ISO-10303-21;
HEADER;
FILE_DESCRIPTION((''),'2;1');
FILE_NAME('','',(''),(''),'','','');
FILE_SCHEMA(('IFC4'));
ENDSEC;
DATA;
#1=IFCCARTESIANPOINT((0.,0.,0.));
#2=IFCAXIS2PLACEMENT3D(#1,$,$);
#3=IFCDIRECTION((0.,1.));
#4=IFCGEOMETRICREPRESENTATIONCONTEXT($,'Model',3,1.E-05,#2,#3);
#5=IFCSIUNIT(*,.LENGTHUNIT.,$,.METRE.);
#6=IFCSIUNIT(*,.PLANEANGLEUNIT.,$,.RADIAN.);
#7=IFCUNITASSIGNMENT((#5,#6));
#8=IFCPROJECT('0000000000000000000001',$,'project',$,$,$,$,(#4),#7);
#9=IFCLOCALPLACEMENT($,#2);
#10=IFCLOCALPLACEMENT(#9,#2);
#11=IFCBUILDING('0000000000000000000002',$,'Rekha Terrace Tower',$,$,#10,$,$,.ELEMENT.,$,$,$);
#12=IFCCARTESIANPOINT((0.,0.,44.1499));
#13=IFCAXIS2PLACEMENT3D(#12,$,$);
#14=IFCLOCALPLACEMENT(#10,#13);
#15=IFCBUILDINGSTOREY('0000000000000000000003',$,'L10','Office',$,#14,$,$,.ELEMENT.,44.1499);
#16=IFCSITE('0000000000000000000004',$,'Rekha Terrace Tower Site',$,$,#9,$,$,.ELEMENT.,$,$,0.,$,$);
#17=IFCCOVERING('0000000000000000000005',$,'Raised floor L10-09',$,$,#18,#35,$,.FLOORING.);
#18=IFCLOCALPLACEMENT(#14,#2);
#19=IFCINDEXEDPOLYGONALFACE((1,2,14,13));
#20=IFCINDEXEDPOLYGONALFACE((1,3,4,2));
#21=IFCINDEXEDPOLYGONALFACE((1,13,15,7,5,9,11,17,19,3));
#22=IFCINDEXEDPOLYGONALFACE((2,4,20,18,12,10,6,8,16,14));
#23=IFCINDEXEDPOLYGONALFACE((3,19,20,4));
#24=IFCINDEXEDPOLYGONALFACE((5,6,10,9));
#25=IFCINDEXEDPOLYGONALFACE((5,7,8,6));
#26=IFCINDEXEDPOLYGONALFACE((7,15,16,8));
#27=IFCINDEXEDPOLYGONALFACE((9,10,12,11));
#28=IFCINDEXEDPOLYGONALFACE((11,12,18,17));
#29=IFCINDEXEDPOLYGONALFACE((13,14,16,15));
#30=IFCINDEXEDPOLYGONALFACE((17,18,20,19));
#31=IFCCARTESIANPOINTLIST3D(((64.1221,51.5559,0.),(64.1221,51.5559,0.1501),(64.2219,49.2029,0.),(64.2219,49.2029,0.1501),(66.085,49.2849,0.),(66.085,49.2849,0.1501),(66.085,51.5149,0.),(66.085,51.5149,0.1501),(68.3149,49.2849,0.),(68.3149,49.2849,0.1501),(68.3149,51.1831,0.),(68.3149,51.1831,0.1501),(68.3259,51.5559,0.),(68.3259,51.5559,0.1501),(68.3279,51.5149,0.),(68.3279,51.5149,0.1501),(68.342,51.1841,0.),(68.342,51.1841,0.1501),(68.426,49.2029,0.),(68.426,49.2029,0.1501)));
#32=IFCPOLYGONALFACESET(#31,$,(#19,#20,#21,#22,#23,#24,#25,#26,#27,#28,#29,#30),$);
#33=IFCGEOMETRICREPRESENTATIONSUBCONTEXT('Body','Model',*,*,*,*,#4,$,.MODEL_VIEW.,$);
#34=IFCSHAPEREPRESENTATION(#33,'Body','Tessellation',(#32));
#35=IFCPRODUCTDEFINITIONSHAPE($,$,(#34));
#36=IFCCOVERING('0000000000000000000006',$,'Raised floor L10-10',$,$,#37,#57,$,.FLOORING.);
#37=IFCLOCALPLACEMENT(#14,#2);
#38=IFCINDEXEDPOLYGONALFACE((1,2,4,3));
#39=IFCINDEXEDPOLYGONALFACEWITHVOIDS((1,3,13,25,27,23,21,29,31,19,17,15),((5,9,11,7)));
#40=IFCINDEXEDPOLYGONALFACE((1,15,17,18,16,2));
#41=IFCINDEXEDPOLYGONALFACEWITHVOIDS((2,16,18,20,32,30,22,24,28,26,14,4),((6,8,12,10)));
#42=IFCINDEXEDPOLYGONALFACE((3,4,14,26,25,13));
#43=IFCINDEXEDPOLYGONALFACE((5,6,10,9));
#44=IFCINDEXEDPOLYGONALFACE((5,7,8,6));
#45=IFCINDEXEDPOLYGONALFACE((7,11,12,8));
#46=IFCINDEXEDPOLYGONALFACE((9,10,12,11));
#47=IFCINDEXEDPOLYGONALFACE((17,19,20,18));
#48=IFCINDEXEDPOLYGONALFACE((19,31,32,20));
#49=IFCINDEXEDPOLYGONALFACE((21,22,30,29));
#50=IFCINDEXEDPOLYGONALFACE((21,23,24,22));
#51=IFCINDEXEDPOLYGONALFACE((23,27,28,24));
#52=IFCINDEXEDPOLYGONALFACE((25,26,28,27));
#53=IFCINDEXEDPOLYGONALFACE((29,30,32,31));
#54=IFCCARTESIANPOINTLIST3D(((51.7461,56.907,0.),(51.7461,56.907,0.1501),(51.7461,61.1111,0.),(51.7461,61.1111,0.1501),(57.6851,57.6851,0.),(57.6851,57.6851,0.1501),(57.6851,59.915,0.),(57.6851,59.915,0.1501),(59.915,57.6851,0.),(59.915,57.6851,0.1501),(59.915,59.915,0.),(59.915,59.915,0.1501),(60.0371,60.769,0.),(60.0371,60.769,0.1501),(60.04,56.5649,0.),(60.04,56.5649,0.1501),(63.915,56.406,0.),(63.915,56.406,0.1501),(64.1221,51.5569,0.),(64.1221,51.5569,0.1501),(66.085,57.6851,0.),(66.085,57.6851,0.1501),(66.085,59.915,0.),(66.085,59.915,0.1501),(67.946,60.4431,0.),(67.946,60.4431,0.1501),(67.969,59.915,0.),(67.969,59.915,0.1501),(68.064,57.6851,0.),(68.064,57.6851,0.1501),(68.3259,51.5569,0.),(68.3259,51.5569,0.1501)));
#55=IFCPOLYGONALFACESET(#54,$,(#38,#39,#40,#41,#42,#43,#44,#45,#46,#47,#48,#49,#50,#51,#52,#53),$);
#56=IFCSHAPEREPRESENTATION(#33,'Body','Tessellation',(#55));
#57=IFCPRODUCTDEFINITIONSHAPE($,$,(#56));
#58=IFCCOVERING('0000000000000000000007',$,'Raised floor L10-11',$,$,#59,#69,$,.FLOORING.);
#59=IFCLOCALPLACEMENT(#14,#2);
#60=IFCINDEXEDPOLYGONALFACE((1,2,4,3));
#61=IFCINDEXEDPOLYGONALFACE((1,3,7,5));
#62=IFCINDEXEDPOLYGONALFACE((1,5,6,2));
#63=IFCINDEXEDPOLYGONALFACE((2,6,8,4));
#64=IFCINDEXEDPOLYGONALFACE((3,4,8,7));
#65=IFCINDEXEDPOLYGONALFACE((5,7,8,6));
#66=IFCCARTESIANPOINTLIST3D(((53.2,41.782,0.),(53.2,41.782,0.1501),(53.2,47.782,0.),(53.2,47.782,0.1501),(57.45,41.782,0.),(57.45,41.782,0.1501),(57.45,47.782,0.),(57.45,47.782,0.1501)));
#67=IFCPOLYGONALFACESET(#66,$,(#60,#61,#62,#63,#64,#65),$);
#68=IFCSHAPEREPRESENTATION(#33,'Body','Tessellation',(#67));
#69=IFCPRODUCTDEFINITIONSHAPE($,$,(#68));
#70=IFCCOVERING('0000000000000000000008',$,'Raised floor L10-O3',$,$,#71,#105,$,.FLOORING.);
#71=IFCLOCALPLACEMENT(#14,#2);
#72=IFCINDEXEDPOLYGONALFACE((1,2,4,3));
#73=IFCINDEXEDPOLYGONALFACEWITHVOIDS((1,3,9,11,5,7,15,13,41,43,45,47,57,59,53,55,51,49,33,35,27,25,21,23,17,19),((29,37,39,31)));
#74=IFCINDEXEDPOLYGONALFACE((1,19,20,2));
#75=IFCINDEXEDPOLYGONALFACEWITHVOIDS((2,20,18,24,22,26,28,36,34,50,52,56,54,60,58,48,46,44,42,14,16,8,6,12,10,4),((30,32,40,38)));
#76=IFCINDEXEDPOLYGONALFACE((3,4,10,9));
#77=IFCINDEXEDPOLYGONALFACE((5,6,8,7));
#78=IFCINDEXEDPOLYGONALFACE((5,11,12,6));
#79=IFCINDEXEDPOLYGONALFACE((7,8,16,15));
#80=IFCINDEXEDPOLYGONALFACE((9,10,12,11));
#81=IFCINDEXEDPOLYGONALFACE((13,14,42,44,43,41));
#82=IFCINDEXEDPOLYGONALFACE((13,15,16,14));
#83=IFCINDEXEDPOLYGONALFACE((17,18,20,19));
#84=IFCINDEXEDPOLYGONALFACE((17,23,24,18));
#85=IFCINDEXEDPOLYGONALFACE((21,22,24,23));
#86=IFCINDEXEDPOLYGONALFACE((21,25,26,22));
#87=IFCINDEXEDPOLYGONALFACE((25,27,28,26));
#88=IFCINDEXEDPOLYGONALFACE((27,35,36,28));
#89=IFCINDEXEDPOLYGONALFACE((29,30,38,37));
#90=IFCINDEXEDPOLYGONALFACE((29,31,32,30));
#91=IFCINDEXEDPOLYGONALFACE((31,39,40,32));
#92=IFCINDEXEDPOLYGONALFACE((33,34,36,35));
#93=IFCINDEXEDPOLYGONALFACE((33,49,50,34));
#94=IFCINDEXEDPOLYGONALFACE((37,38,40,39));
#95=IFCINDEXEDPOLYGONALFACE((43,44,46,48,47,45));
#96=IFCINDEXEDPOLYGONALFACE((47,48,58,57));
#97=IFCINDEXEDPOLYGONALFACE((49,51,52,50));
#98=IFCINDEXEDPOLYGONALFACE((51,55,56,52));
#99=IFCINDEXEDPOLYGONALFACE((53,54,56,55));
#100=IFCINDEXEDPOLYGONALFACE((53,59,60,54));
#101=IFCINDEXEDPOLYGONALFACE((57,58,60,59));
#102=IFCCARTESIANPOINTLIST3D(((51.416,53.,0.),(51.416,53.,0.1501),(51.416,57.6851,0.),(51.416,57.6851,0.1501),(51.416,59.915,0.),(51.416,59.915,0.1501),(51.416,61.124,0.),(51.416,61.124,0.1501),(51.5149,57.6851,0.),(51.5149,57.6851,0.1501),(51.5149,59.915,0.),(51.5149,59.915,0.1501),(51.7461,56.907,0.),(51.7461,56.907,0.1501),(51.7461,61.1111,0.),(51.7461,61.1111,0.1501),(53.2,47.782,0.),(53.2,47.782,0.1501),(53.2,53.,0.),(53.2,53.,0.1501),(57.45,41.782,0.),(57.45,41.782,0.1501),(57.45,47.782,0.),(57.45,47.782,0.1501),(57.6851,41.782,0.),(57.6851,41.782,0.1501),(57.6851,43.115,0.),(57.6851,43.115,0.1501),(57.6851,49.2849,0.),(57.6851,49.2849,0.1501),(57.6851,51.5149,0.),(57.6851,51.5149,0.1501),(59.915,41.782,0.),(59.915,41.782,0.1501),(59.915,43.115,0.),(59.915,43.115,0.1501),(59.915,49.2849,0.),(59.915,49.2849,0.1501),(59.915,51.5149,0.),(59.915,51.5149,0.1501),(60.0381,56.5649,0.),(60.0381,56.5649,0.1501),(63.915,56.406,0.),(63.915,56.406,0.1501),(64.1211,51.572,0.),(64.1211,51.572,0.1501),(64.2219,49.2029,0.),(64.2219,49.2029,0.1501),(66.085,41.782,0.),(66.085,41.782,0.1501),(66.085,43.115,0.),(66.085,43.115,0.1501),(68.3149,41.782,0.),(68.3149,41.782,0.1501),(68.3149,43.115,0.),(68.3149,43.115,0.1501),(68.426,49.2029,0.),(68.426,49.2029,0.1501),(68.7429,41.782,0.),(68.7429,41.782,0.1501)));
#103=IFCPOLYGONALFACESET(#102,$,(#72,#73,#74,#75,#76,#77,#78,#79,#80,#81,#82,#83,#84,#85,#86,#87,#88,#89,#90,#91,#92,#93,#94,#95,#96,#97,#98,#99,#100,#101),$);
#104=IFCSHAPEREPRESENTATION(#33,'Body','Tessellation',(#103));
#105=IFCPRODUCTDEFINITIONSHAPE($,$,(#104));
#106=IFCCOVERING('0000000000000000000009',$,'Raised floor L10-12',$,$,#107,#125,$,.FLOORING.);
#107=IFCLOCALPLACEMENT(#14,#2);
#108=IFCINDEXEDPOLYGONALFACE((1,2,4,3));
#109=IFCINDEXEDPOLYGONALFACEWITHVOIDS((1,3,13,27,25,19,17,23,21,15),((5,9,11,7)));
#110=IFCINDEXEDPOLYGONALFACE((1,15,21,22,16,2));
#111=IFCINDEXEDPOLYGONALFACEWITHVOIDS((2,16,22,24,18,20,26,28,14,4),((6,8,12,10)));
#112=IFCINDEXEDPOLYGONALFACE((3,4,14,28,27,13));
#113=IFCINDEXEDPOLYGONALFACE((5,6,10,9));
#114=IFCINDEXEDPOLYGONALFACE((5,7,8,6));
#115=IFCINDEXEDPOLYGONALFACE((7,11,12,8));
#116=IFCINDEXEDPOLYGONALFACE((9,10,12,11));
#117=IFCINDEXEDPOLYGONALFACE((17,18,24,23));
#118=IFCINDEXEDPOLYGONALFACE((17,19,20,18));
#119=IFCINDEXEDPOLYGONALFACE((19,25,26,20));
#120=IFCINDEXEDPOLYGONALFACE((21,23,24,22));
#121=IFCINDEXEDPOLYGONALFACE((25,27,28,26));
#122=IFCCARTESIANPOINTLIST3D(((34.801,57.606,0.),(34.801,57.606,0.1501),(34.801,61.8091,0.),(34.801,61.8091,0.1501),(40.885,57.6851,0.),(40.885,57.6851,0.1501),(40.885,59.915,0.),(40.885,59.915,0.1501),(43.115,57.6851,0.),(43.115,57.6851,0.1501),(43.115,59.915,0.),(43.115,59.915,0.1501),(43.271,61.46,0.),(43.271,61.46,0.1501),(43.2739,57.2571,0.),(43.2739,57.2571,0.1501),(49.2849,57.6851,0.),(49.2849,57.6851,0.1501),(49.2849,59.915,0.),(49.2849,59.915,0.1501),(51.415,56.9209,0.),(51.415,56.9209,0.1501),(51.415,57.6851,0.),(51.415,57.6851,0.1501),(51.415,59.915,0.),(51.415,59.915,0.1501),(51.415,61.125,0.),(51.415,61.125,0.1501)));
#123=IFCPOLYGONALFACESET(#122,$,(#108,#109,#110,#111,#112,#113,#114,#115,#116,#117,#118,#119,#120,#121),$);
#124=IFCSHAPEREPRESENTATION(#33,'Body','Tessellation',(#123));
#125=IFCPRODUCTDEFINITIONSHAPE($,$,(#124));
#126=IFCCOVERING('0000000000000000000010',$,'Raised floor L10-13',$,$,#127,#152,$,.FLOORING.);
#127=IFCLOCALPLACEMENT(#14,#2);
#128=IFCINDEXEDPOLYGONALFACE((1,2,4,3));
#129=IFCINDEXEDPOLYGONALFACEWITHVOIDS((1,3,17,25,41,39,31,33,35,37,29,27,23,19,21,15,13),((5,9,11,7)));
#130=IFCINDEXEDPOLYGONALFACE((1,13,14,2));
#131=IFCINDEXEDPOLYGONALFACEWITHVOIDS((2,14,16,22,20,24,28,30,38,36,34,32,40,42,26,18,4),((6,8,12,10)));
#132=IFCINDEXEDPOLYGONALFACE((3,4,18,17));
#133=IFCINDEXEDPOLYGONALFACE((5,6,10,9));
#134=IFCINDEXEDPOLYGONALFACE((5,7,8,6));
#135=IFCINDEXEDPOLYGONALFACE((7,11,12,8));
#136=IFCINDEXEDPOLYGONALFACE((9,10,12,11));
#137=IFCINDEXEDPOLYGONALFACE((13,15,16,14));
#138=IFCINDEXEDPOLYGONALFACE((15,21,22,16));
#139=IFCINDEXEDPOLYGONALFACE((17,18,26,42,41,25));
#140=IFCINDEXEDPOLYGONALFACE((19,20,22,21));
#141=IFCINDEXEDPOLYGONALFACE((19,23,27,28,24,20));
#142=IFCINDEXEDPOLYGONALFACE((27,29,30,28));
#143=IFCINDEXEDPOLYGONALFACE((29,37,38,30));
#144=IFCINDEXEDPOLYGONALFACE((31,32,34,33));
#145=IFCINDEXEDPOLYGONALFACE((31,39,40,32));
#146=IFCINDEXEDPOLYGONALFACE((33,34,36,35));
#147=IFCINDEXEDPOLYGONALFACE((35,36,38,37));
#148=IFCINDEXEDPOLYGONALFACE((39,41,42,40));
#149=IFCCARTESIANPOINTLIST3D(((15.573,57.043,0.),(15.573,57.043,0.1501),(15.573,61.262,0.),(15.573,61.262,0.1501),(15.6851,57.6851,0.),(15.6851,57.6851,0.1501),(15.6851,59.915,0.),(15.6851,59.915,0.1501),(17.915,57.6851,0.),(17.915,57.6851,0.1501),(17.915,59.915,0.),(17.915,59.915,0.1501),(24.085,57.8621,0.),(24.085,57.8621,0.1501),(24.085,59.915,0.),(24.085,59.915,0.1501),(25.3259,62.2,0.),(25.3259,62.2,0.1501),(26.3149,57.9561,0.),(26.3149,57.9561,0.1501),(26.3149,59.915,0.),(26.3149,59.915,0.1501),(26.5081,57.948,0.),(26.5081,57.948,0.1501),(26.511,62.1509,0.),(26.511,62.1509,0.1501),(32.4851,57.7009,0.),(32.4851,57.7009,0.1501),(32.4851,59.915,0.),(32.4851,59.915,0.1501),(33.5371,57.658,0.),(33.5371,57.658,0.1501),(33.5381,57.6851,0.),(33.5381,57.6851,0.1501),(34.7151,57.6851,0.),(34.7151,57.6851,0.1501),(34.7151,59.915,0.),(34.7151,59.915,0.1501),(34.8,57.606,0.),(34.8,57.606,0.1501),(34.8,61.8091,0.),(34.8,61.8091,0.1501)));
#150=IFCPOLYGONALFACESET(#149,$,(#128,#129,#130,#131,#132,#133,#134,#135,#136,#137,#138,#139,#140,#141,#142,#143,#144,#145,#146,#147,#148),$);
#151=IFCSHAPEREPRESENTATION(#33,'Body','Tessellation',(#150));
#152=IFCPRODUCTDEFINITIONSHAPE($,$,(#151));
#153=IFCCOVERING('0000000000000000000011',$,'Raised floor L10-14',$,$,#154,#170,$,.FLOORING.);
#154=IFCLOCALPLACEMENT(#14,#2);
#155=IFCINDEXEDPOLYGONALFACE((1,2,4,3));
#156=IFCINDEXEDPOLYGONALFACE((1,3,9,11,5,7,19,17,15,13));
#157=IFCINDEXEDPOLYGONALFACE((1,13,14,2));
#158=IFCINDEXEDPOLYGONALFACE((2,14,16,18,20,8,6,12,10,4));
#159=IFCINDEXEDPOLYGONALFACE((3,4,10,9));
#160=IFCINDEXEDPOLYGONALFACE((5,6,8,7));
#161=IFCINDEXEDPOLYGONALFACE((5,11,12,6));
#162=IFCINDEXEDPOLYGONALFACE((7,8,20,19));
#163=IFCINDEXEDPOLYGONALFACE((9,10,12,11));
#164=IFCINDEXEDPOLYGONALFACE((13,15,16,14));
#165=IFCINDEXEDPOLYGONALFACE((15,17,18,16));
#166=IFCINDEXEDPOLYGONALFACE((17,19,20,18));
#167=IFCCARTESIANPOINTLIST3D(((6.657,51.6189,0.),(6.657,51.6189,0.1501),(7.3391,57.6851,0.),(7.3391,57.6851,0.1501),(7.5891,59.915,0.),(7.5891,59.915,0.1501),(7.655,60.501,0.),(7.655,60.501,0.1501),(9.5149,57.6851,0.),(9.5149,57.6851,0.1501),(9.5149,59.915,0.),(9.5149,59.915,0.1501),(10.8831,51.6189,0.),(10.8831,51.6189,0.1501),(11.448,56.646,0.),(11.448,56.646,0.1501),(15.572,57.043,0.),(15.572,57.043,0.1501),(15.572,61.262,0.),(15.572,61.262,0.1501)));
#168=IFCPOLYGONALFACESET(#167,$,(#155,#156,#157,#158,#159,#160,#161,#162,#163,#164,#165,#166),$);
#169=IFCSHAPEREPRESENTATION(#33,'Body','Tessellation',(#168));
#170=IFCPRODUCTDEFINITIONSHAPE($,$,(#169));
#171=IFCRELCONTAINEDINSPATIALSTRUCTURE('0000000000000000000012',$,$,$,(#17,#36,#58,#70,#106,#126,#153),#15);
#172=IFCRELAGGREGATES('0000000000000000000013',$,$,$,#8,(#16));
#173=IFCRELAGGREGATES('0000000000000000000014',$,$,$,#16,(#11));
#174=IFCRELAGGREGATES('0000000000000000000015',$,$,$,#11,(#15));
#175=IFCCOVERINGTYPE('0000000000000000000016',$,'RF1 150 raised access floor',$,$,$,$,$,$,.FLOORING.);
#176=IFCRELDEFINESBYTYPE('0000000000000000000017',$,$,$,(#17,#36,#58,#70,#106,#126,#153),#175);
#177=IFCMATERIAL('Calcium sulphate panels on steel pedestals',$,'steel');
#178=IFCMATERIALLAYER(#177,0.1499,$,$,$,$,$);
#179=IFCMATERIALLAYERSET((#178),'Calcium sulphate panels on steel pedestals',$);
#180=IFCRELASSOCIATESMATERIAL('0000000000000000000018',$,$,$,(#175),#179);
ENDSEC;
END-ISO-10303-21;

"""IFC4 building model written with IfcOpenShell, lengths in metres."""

from ifc_helpers import new_model, si_unit, direction, frame, origin, place, context, subcontext, project, spatial, polyline, outline, extrude, material, layer, layer_set, type_object, element, save


model = new_model("IFC4")

# Units and contexts
model_context = context("Model", 3, precision=1e-05, world=origin(), true_north=direction((0.0, 1.0)))
body_context = subcontext(model_context, "Body", "Model", "MODEL_VIEW")
ifc_project = project(units=[si_unit("LENGTHUNIT", "METRE"), si_unit("PLANEANGLEUNIT", "RADIAN")], contexts=[model_context])

# Site, building, storey
site_placement = place(None, origin())
site = spatial("IfcSite", under=ifc_project, at=site_placement, Name="Rekha Terrace Tower Site", CompositionType="ELEMENT", RefElevation=0.0)
building_placement = place(site_placement, origin())
building = spatial("IfcBuilding", under=site, at=building_placement, Name="Rekha Terrace Tower", CompositionType="ELEMENT")
storey_placement = place(building_placement, frame((0.0, 0.0, 44.1499)))
storey = spatial("IfcBuildingStorey", under=building, at=storey_placement, Name="L10", Description="Office", CompositionType="ELEMENT", Elevation=44.1499)

# Coverings
ifc_material_1 = material(Name="Calcium sulphate panels on steel pedestals", Category="steel")
ifc_layer_1 = layer(ifc_material_1, 0.1499)
ifc_layer_set_1 = layer_set([ifc_layer_1], Name="Calcium sulphate panels on steel pedestals")
covering_type_1 = type_object("IfcCoveringType", Name="RF1 150 raised access floor", PredefinedType="FLOORING", material=ifc_layer_set_1)
covering_1_placement = place(storey_placement, origin())
element("IfcCovering", 1, at=covering_1_placement, inside=storey, type_object=covering_type_1, Name="Raised floor L10-09", PredefinedType="FLOORING", context=body_context, shape_type="SweptSolid", body=[
    extrude(outline(polyline([(68.3149, 49.2849), (66.085, 49.2849), (66.085, 51.5149), (68.3279, 51.5149), (68.3259, 51.5559), (64.1221, 51.5559), (64.2219, 49.2029), (68.426, 49.2029), (68.342, 51.1841), (68.3149, 51.1831), (68.3149, 49.2849)])), origin(), (0.0, 0.0, 1.0), 0.1501),
])
covering_2_placement = place(storey_placement, origin())
element("IfcCovering", 2, at=covering_2_placement, inside=storey, type_object=covering_type_1, Name="Raised floor L10-10", PredefinedType="FLOORING", context=body_context, shape_type="SweptSolid", body=[
    extrude(outline(polyline([(67.946, 60.4431), (60.0371, 60.769), (51.7461, 61.1111), (51.7461, 56.907), (60.04, 56.5649), (63.915, 56.406), (64.1221, 51.5569), (68.3259, 51.5569), (68.064, 57.6851), (66.085, 57.6851), (66.085, 59.915), (67.969, 59.915), (67.946, 60.4431)]), holes=[polyline([(59.915, 57.6851), (57.6851, 57.6851), (57.6851, 59.915), (59.915, 59.915), (59.915, 57.6851)])]), origin(), (0.0, 0.0, 1.0), 0.1501),
])
covering_3_placement = place(storey_placement, origin())
element("IfcCovering", 3, at=covering_3_placement, inside=storey, type_object=covering_type_1, Name="Raised floor L10-11", PredefinedType="FLOORING", context=body_context, shape_type="SweptSolid", body=[
    extrude(outline(polyline([(53.2, 41.782), (57.45, 41.782), (57.45, 47.782), (53.2, 47.782), (53.2, 41.782)])), origin(), (0.0, 0.0, 1.0), 0.1501),
])
covering_4_placement = place(storey_placement, origin())
element("IfcCovering", 4, at=covering_4_placement, inside=storey, type_object=covering_type_1, Name="Raised floor L10-O3", PredefinedType="FLOORING", context=body_context, shape_type="SweptSolid", body=[
    extrude(outline(polyline([(53.2, 53.0), (53.2, 47.782), (57.45, 47.782), (57.45, 41.782), (57.6851, 41.782), (57.6851, 43.115), (59.915, 43.115), (59.915, 41.782), (66.085, 41.782), (66.085, 43.115), (68.3149, 43.115), (68.3149, 41.782), (68.7429, 41.782), (68.426, 49.2029), (64.2219, 49.2029), (64.1211, 51.572), (63.915, 56.406), (60.0381, 56.5649), (51.7461, 56.907), (51.7461, 61.1111), (51.416, 61.124), (51.416, 59.915), (51.5149, 59.915), (51.5149, 57.6851), (51.416, 57.6851), (51.416, 53.0), (53.2, 53.0)]), holes=[polyline([(59.915, 49.2849), (57.6851, 49.2849), (57.6851, 51.5149), (59.915, 51.5149), (59.915, 49.2849)])]), origin(), (0.0, 0.0, 1.0), 0.1501),
])
covering_5_placement = place(storey_placement, origin())
element("IfcCovering", 5, at=covering_5_placement, inside=storey, type_object=covering_type_1, Name="Raised floor L10-12", PredefinedType="FLOORING", context=body_context, shape_type="SweptSolid", body=[
    extrude(outline(polyline([(51.415, 61.125), (43.271, 61.46), (34.801, 61.8091), (34.801, 57.606), (43.2739, 57.2571), (51.415, 56.9209), (51.415, 57.6851), (49.2849, 57.6851), (49.2849, 59.915), (51.415, 59.915), (51.415, 61.125)]), holes=[polyline([(43.115, 57.6851), (40.885, 57.6851), (40.885, 59.915), (43.115, 59.915), (43.115, 57.6851)])]), origin(), (0.0, 0.0, 1.0), 0.1501),
])
covering_6_placement = place(storey_placement, origin())
element("IfcCovering", 6, at=covering_6_placement, inside=storey, type_object=covering_type_1, Name="Raised floor L10-13", PredefinedType="FLOORING", context=body_context, shape_type="SweptSolid", body=[
    extrude(outline(polyline([(25.3259, 62.2), (15.573, 61.262), (15.573, 57.043), (24.085, 57.8621), (24.085, 59.915), (26.3149, 59.915), (26.3149, 57.9561), (26.5081, 57.948), (32.4851, 57.7009), (32.4851, 59.915), (34.7151, 59.915), (34.7151, 57.6851), (33.5381, 57.6851), (33.5371, 57.658), (34.8, 57.606), (34.8, 61.8091), (26.511, 62.1509), (25.3259, 62.2)]), holes=[polyline([(17.915, 57.6851), (15.6851, 57.6851), (15.6851, 59.915), (17.915, 59.915), (17.915, 57.6851)])]), origin(), (0.0, 0.0, 1.0), 0.1501),
])
covering_7_placement = place(storey_placement, origin())
element("IfcCovering", 7, at=covering_7_placement, inside=storey, type_object=covering_type_1, Name="Raised floor L10-14", PredefinedType="FLOORING", context=body_context, shape_type="SweptSolid", body=[
    extrude(outline(polyline([(7.3391, 57.6851), (6.657, 51.6189), (10.8831, 51.6189), (11.448, 56.646), (15.572, 57.043), (15.572, 61.262), (7.655, 60.501), (7.5891, 59.915), (9.5149, 59.915), (9.5149, 57.6851), (7.3391, 57.6851)])), origin(), (0.0, 0.0, 1.0), 0.1501),
])

save(model, "model.ifc")
